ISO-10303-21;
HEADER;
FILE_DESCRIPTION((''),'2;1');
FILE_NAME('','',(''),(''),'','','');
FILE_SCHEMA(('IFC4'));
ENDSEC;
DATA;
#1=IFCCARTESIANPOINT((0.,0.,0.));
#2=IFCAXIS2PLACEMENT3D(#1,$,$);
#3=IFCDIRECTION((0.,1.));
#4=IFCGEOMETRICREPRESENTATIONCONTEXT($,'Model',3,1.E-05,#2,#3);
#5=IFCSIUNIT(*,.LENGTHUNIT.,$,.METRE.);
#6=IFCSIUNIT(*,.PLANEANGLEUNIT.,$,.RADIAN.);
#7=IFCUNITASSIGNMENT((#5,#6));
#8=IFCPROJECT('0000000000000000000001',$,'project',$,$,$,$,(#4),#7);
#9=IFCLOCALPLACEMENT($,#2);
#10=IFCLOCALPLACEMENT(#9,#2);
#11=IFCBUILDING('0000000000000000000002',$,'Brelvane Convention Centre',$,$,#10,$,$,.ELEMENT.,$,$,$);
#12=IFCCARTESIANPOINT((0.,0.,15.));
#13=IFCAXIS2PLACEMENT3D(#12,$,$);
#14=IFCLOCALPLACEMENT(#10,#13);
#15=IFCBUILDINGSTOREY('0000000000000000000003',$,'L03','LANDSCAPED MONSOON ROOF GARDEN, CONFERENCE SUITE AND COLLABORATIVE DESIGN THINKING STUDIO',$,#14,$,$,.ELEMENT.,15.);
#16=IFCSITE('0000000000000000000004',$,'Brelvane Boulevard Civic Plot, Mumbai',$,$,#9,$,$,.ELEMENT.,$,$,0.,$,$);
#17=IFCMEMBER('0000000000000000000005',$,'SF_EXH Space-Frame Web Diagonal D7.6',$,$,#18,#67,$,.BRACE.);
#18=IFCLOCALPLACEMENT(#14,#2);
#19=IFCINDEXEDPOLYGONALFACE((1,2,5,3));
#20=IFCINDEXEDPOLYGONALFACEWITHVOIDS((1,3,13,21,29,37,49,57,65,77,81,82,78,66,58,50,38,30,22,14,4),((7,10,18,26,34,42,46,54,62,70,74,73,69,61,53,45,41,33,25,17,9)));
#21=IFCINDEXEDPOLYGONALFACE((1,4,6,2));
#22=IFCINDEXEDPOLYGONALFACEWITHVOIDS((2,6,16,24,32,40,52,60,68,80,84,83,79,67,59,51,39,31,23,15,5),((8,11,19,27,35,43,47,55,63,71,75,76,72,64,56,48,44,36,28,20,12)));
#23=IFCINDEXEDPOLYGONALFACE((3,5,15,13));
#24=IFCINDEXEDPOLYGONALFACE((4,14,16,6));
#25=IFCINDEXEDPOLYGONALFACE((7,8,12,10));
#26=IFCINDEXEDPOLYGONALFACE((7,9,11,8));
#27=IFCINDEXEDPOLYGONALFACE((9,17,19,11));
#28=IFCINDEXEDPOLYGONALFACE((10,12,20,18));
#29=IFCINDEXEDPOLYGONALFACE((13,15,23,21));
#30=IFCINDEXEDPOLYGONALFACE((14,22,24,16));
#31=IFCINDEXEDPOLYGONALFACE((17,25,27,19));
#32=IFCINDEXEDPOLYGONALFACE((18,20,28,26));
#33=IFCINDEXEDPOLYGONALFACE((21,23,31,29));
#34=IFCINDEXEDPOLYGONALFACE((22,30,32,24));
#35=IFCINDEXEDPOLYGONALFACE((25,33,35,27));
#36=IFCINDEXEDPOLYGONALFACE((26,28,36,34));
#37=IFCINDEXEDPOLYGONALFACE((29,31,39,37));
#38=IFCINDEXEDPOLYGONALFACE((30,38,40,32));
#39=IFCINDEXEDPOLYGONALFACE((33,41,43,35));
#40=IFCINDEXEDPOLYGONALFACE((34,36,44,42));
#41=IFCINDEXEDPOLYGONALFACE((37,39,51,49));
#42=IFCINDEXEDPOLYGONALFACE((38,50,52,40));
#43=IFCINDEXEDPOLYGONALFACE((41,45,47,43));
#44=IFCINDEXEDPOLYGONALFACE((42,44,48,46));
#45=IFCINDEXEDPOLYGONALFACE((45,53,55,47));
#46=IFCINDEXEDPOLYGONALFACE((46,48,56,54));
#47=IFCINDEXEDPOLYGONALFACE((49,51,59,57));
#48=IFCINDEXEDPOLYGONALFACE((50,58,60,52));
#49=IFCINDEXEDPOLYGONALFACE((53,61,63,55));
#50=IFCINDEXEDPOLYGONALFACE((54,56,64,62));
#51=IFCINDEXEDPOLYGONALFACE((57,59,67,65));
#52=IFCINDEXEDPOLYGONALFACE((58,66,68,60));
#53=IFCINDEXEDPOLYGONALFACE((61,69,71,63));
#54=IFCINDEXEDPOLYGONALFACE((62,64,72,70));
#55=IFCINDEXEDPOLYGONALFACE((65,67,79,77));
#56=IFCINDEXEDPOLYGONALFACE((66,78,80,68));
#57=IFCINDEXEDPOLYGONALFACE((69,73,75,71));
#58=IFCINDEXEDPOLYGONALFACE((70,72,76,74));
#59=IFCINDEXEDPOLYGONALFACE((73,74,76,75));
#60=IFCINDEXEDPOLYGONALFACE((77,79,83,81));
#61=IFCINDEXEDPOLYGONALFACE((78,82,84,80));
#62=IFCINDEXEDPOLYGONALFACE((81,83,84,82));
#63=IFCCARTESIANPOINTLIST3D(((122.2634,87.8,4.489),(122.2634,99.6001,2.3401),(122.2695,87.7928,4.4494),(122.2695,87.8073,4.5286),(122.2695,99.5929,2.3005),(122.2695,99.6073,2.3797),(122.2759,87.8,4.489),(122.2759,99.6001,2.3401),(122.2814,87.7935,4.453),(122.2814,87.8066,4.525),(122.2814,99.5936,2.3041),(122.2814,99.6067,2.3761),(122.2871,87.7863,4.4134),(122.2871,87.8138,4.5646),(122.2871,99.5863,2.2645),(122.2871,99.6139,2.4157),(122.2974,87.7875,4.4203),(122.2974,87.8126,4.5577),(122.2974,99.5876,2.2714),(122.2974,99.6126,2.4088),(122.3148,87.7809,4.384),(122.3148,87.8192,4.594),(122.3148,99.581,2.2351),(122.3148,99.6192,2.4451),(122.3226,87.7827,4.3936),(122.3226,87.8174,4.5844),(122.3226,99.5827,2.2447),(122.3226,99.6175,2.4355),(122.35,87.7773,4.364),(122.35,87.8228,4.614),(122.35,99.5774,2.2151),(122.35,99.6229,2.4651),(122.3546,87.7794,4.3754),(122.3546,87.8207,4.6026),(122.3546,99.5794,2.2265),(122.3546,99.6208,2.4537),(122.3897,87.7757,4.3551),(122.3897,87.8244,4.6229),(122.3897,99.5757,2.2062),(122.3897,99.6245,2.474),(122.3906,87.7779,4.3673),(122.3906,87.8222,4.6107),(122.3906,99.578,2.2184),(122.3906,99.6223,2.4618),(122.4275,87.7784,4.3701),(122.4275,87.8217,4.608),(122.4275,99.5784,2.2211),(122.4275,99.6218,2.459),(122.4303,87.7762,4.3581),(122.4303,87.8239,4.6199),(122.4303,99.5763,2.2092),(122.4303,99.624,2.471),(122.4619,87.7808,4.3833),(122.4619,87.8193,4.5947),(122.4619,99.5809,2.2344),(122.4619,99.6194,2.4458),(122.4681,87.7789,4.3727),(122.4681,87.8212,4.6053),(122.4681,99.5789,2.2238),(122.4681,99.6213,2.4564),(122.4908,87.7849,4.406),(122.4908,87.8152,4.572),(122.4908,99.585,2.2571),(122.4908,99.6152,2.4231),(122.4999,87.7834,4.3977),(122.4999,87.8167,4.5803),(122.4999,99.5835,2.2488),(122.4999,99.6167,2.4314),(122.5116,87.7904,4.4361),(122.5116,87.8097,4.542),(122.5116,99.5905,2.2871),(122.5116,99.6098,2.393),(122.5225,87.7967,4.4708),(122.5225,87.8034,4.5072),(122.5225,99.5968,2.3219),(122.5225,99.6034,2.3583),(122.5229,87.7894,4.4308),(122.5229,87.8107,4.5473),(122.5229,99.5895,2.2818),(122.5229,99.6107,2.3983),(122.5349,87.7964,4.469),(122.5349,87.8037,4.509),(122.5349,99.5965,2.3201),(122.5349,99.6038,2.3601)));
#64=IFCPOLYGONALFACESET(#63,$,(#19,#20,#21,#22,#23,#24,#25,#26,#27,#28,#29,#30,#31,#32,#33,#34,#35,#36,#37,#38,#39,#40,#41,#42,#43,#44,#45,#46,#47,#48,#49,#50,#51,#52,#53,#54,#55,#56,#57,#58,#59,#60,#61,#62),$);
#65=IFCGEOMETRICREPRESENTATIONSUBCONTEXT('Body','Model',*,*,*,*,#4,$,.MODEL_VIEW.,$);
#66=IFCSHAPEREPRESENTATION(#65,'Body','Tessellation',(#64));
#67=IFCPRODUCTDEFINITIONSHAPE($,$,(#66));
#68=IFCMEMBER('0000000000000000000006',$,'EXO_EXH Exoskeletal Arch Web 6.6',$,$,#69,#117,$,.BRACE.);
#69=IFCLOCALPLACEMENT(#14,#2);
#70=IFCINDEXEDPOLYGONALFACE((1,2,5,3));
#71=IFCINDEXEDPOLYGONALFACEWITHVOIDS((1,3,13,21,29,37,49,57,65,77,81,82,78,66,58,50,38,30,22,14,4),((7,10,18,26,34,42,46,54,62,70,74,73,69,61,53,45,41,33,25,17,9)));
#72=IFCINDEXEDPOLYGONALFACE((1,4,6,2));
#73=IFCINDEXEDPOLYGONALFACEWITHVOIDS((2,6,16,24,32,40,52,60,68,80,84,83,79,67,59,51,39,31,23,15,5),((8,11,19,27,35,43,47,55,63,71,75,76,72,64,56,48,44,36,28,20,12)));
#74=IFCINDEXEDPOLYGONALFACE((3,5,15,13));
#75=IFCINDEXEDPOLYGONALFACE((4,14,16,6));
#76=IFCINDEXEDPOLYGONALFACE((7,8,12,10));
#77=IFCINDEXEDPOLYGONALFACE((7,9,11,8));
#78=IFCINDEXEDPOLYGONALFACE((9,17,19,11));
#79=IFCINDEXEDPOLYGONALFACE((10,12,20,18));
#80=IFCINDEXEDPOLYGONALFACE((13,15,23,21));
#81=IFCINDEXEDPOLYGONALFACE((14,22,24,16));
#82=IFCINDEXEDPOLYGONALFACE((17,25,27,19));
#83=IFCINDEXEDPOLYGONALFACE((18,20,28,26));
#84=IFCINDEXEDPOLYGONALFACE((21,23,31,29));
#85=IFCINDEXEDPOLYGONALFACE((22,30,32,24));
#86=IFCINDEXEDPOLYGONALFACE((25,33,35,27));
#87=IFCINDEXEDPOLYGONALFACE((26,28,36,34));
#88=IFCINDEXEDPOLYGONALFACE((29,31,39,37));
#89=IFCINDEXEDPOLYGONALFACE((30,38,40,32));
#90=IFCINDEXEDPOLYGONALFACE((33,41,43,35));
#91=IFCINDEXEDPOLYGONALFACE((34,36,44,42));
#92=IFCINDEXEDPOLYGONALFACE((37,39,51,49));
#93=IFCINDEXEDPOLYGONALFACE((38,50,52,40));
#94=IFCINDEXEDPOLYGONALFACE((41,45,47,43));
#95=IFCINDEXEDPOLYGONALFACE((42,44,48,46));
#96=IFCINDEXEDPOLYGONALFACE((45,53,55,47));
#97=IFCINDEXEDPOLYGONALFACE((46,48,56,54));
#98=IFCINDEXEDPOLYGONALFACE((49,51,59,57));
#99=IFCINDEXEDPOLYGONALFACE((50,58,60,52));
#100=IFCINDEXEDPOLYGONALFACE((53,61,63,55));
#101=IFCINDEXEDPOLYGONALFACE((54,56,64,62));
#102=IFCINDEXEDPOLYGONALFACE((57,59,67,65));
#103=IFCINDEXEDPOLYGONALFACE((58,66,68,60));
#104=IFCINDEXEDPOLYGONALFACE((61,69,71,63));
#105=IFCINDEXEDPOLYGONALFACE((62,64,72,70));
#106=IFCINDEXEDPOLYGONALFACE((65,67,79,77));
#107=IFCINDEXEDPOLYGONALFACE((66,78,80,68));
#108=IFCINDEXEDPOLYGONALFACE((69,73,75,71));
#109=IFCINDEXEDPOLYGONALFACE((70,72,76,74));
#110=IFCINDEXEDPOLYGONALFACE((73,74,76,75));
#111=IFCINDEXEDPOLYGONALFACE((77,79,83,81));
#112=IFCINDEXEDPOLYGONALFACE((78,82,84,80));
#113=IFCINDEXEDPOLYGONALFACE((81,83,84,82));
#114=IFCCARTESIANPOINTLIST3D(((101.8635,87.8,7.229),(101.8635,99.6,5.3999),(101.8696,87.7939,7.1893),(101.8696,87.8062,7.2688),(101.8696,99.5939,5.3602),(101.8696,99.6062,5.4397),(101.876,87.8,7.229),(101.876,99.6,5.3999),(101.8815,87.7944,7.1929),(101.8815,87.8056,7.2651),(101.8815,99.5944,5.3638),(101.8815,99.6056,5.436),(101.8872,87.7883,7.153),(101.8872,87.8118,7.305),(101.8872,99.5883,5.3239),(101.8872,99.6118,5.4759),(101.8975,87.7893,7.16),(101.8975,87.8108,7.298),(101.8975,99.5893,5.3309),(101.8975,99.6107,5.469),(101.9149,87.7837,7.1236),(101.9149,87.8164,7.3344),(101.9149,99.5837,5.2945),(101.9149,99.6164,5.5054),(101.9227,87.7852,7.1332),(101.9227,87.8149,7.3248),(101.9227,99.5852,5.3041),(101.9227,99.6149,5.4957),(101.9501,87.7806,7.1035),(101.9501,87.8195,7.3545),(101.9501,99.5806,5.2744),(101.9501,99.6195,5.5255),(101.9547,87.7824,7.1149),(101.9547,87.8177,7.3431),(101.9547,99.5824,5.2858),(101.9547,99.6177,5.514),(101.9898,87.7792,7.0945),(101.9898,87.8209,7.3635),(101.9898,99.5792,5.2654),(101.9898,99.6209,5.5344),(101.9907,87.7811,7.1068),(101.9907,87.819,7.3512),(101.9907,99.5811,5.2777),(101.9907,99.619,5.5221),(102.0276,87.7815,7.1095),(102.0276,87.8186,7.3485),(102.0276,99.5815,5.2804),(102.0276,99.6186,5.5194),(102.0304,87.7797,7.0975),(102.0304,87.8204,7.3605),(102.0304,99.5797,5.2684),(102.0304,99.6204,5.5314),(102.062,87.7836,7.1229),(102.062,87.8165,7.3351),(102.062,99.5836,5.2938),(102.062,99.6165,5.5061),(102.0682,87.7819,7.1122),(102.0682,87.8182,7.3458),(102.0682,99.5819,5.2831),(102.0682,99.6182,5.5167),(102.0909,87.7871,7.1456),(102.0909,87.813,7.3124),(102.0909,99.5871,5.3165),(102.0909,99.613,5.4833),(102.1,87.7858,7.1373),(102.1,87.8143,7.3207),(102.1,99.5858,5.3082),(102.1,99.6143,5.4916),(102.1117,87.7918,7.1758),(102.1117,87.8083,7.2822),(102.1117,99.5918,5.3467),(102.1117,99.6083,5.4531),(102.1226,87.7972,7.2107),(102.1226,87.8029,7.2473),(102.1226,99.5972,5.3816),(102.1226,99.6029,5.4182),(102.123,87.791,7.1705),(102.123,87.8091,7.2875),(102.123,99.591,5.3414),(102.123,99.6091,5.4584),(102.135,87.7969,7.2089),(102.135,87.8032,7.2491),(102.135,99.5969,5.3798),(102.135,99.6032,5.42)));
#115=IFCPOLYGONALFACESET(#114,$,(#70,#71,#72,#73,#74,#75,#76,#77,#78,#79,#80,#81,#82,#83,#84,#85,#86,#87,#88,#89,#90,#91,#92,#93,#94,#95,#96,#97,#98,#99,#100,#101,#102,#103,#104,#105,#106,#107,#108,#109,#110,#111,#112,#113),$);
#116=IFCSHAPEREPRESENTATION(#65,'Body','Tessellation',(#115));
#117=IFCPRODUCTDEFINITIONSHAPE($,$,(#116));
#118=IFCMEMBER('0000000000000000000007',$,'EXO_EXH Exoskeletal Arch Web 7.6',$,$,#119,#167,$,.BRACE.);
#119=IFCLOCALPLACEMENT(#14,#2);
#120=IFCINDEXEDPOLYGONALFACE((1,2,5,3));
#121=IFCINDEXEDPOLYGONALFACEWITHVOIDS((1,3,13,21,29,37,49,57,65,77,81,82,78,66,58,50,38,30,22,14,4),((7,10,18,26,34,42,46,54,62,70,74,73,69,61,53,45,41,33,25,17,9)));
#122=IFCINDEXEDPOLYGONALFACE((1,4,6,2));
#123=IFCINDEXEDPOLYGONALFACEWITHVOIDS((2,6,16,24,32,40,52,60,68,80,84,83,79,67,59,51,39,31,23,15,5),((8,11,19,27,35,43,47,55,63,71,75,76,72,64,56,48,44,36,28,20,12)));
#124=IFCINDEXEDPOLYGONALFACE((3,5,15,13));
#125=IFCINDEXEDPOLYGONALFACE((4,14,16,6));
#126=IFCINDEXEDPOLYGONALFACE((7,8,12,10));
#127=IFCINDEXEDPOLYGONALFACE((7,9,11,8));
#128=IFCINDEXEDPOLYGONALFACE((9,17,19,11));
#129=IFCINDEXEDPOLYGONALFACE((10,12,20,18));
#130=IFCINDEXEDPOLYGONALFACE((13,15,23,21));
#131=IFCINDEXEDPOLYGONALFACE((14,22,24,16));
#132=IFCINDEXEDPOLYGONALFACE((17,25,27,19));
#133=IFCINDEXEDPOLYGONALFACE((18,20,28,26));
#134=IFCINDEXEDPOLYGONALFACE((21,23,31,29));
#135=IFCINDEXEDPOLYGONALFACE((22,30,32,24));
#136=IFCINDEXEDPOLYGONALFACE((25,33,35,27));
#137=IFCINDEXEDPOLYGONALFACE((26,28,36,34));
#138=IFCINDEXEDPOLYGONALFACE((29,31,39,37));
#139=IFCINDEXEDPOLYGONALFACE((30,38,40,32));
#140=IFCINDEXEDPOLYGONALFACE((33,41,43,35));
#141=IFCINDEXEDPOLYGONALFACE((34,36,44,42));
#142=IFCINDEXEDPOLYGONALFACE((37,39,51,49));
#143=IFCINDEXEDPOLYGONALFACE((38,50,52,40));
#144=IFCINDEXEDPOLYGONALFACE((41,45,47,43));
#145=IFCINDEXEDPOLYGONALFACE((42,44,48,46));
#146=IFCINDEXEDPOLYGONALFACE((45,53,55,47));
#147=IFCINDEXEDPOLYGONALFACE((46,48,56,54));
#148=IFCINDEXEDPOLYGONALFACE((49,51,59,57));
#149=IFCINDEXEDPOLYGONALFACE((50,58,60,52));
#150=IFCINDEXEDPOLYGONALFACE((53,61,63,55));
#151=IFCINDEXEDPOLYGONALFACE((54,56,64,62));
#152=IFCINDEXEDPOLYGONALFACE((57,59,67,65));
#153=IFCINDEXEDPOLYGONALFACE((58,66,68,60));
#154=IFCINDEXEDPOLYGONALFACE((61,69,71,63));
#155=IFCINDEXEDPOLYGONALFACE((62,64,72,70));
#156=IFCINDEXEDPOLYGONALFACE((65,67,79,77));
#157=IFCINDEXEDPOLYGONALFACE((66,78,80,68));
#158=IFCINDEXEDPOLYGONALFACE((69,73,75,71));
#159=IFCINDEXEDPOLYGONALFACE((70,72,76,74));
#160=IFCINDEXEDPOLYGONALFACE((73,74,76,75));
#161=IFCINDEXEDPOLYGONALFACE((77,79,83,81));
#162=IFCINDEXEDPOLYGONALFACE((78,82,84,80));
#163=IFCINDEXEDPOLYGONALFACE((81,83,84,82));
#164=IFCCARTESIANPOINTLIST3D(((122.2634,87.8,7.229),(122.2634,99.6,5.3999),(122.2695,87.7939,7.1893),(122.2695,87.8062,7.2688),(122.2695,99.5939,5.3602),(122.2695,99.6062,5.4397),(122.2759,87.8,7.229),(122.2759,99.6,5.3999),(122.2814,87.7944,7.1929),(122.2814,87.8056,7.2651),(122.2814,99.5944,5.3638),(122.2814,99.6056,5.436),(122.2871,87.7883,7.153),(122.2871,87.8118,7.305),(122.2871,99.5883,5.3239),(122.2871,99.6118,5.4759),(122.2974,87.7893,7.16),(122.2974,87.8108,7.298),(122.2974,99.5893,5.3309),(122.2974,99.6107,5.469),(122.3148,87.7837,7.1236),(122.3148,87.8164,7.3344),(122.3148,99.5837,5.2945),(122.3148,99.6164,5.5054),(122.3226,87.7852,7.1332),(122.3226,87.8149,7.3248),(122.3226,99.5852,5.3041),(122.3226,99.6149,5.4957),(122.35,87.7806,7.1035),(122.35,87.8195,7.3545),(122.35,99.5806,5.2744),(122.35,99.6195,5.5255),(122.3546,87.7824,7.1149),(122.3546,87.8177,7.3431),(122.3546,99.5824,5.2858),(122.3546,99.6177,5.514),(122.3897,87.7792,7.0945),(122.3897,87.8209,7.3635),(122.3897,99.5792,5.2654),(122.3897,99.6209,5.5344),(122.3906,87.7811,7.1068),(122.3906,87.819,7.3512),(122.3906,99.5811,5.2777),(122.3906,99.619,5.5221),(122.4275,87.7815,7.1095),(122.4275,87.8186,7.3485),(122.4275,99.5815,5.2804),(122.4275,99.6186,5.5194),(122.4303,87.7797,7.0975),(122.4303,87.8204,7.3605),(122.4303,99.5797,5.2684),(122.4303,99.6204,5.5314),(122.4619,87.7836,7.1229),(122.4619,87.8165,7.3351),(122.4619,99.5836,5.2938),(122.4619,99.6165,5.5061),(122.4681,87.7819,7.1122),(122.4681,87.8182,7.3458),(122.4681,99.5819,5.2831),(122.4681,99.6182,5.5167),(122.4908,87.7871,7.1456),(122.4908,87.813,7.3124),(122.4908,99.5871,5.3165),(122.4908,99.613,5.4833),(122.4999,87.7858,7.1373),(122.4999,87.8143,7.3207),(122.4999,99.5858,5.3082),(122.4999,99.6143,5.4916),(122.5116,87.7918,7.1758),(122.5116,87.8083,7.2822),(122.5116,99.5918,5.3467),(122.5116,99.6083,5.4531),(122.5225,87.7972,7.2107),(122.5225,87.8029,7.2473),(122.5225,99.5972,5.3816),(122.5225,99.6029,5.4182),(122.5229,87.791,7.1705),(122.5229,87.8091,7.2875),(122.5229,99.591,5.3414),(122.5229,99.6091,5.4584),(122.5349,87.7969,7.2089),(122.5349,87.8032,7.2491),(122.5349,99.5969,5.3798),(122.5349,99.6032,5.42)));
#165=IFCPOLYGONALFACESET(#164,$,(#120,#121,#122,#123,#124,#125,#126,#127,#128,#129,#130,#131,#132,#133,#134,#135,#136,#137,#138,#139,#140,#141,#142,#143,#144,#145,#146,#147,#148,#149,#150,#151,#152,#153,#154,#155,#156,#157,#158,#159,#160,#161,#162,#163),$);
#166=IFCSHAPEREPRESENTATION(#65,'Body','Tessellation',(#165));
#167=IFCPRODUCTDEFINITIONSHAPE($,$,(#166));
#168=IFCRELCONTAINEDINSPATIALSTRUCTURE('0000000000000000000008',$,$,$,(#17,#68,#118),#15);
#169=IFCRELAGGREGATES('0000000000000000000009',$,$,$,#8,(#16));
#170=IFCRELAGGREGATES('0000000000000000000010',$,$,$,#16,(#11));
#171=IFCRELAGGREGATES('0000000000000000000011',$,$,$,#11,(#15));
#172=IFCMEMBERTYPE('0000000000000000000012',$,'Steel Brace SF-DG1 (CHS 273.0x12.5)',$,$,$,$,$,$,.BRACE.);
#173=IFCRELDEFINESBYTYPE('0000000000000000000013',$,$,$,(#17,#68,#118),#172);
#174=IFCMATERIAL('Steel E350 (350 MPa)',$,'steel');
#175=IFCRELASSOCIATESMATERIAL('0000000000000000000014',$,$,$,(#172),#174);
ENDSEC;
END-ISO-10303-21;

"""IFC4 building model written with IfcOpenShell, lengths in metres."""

from ifc_helpers import new_model, si_unit, direction, frame, origin, origin_2d, place, context, subcontext, project, spatial, hollow_circle, extrude, material, material_profile, profile_set, type_object, element, save


model = new_model("IFC4")

# Units and contexts
model_context = context("Model", 3, precision=1e-05, world=origin(), true_north=direction((0.0, 1.0)))
body_context = subcontext(model_context, "Body", "Model", "MODEL_VIEW")
ifc_project = project(units=[si_unit("LENGTHUNIT", "METRE"), si_unit("PLANEANGLEUNIT", "RADIAN")], contexts=[model_context])

# Site, building, storey
site_placement = place(None, origin())
site = spatial("IfcSite", under=ifc_project, at=site_placement, Name="Brelvane Boulevard Civic Plot, Mumbai", CompositionType="ELEMENT", RefElevation=0.0)
building_placement = place(site_placement, origin())
building = spatial("IfcBuilding", under=site, at=building_placement, Name="Brelvane Convention Centre", CompositionType="ELEMENT")
storey_placement = place(building_placement, frame((0.0, 0.0, 15.0)))
storey = spatial("IfcBuildingStorey", under=building, at=storey_placement, Name="L03", Description="LANDSCAPED MONSOON ROOF GARDEN, CONFERENCE SUITE AND COLLABORATIVE DESIGN THINKING STUDIO", CompositionType="ELEMENT", Elevation=15.0)

# Members
ifc_material_1 = material(Name="Steel E350 (350 MPa)", Category="steel")
ifc_material_profile_1 = material_profile(ifc_material_1, hollow_circle(Radius=0.1365, WallThickness=0.0125, at=origin_2d()), Name="CHS 273.0x12.5")
ifc_profile_set_1 = profile_set([ifc_material_profile_1], Name="Steel E350 (350 MPa)")
member_type_1 = type_object("IfcMemberType", Name="Steel Brace SF-DG1 (CHS 273.0x12.5)", PredefinedType="BRACE", material=ifc_profile_set_1)
member_1_placement = place(storey_placement, frame((122.3999, 87.8, 4.489), z_axis=(0.0, 0.983819, -0.179165), x_axis=(-1.0, 0.0, 0.0)))
element("IfcMember", 1, at=member_1_placement, inside=storey, type_object=member_type_1, Name="SF_EXH Space-Frame Web Diagonal D7.6", PredefinedType="BRACE", context=body_context, shape_type="SweptSolid", body=[
    extrude(hollow_circle(Radius=0.1365, WallThickness=0.0125, at=origin_2d()), origin(), (0.0, 0.0, 1.0), 11.9941),
])
for number, where, z_axis, x_axis, name in (
    (2, (102.0, 87.8, 7.229), (0.0, 0.988199, -0.153179), (-1.0, 0.0, 0.0), "EXO_EXH Exoskeletal Arch Web 6.6"),
    (3, (122.3999, 87.8, 7.229), (0.0, 0.988199, -0.153179), (-1.0, 0.0, 0.0), "EXO_EXH Exoskeletal Arch Web 7.6"),
):
    element("IfcMember", number, at=place(storey_placement, frame(where, z_axis=z_axis, x_axis=x_axis)), inside=storey, type_object=member_type_1, Name=name, PredefinedType="BRACE", context=body_context, shape_type="SweptSolid", body=[
        extrude(hollow_circle(Radius=0.1365, WallThickness=0.0125, at=origin_2d()), origin(), (0.0, 0.0, 1.0), 11.9409),
    ])

save(model, "model.ifc")
